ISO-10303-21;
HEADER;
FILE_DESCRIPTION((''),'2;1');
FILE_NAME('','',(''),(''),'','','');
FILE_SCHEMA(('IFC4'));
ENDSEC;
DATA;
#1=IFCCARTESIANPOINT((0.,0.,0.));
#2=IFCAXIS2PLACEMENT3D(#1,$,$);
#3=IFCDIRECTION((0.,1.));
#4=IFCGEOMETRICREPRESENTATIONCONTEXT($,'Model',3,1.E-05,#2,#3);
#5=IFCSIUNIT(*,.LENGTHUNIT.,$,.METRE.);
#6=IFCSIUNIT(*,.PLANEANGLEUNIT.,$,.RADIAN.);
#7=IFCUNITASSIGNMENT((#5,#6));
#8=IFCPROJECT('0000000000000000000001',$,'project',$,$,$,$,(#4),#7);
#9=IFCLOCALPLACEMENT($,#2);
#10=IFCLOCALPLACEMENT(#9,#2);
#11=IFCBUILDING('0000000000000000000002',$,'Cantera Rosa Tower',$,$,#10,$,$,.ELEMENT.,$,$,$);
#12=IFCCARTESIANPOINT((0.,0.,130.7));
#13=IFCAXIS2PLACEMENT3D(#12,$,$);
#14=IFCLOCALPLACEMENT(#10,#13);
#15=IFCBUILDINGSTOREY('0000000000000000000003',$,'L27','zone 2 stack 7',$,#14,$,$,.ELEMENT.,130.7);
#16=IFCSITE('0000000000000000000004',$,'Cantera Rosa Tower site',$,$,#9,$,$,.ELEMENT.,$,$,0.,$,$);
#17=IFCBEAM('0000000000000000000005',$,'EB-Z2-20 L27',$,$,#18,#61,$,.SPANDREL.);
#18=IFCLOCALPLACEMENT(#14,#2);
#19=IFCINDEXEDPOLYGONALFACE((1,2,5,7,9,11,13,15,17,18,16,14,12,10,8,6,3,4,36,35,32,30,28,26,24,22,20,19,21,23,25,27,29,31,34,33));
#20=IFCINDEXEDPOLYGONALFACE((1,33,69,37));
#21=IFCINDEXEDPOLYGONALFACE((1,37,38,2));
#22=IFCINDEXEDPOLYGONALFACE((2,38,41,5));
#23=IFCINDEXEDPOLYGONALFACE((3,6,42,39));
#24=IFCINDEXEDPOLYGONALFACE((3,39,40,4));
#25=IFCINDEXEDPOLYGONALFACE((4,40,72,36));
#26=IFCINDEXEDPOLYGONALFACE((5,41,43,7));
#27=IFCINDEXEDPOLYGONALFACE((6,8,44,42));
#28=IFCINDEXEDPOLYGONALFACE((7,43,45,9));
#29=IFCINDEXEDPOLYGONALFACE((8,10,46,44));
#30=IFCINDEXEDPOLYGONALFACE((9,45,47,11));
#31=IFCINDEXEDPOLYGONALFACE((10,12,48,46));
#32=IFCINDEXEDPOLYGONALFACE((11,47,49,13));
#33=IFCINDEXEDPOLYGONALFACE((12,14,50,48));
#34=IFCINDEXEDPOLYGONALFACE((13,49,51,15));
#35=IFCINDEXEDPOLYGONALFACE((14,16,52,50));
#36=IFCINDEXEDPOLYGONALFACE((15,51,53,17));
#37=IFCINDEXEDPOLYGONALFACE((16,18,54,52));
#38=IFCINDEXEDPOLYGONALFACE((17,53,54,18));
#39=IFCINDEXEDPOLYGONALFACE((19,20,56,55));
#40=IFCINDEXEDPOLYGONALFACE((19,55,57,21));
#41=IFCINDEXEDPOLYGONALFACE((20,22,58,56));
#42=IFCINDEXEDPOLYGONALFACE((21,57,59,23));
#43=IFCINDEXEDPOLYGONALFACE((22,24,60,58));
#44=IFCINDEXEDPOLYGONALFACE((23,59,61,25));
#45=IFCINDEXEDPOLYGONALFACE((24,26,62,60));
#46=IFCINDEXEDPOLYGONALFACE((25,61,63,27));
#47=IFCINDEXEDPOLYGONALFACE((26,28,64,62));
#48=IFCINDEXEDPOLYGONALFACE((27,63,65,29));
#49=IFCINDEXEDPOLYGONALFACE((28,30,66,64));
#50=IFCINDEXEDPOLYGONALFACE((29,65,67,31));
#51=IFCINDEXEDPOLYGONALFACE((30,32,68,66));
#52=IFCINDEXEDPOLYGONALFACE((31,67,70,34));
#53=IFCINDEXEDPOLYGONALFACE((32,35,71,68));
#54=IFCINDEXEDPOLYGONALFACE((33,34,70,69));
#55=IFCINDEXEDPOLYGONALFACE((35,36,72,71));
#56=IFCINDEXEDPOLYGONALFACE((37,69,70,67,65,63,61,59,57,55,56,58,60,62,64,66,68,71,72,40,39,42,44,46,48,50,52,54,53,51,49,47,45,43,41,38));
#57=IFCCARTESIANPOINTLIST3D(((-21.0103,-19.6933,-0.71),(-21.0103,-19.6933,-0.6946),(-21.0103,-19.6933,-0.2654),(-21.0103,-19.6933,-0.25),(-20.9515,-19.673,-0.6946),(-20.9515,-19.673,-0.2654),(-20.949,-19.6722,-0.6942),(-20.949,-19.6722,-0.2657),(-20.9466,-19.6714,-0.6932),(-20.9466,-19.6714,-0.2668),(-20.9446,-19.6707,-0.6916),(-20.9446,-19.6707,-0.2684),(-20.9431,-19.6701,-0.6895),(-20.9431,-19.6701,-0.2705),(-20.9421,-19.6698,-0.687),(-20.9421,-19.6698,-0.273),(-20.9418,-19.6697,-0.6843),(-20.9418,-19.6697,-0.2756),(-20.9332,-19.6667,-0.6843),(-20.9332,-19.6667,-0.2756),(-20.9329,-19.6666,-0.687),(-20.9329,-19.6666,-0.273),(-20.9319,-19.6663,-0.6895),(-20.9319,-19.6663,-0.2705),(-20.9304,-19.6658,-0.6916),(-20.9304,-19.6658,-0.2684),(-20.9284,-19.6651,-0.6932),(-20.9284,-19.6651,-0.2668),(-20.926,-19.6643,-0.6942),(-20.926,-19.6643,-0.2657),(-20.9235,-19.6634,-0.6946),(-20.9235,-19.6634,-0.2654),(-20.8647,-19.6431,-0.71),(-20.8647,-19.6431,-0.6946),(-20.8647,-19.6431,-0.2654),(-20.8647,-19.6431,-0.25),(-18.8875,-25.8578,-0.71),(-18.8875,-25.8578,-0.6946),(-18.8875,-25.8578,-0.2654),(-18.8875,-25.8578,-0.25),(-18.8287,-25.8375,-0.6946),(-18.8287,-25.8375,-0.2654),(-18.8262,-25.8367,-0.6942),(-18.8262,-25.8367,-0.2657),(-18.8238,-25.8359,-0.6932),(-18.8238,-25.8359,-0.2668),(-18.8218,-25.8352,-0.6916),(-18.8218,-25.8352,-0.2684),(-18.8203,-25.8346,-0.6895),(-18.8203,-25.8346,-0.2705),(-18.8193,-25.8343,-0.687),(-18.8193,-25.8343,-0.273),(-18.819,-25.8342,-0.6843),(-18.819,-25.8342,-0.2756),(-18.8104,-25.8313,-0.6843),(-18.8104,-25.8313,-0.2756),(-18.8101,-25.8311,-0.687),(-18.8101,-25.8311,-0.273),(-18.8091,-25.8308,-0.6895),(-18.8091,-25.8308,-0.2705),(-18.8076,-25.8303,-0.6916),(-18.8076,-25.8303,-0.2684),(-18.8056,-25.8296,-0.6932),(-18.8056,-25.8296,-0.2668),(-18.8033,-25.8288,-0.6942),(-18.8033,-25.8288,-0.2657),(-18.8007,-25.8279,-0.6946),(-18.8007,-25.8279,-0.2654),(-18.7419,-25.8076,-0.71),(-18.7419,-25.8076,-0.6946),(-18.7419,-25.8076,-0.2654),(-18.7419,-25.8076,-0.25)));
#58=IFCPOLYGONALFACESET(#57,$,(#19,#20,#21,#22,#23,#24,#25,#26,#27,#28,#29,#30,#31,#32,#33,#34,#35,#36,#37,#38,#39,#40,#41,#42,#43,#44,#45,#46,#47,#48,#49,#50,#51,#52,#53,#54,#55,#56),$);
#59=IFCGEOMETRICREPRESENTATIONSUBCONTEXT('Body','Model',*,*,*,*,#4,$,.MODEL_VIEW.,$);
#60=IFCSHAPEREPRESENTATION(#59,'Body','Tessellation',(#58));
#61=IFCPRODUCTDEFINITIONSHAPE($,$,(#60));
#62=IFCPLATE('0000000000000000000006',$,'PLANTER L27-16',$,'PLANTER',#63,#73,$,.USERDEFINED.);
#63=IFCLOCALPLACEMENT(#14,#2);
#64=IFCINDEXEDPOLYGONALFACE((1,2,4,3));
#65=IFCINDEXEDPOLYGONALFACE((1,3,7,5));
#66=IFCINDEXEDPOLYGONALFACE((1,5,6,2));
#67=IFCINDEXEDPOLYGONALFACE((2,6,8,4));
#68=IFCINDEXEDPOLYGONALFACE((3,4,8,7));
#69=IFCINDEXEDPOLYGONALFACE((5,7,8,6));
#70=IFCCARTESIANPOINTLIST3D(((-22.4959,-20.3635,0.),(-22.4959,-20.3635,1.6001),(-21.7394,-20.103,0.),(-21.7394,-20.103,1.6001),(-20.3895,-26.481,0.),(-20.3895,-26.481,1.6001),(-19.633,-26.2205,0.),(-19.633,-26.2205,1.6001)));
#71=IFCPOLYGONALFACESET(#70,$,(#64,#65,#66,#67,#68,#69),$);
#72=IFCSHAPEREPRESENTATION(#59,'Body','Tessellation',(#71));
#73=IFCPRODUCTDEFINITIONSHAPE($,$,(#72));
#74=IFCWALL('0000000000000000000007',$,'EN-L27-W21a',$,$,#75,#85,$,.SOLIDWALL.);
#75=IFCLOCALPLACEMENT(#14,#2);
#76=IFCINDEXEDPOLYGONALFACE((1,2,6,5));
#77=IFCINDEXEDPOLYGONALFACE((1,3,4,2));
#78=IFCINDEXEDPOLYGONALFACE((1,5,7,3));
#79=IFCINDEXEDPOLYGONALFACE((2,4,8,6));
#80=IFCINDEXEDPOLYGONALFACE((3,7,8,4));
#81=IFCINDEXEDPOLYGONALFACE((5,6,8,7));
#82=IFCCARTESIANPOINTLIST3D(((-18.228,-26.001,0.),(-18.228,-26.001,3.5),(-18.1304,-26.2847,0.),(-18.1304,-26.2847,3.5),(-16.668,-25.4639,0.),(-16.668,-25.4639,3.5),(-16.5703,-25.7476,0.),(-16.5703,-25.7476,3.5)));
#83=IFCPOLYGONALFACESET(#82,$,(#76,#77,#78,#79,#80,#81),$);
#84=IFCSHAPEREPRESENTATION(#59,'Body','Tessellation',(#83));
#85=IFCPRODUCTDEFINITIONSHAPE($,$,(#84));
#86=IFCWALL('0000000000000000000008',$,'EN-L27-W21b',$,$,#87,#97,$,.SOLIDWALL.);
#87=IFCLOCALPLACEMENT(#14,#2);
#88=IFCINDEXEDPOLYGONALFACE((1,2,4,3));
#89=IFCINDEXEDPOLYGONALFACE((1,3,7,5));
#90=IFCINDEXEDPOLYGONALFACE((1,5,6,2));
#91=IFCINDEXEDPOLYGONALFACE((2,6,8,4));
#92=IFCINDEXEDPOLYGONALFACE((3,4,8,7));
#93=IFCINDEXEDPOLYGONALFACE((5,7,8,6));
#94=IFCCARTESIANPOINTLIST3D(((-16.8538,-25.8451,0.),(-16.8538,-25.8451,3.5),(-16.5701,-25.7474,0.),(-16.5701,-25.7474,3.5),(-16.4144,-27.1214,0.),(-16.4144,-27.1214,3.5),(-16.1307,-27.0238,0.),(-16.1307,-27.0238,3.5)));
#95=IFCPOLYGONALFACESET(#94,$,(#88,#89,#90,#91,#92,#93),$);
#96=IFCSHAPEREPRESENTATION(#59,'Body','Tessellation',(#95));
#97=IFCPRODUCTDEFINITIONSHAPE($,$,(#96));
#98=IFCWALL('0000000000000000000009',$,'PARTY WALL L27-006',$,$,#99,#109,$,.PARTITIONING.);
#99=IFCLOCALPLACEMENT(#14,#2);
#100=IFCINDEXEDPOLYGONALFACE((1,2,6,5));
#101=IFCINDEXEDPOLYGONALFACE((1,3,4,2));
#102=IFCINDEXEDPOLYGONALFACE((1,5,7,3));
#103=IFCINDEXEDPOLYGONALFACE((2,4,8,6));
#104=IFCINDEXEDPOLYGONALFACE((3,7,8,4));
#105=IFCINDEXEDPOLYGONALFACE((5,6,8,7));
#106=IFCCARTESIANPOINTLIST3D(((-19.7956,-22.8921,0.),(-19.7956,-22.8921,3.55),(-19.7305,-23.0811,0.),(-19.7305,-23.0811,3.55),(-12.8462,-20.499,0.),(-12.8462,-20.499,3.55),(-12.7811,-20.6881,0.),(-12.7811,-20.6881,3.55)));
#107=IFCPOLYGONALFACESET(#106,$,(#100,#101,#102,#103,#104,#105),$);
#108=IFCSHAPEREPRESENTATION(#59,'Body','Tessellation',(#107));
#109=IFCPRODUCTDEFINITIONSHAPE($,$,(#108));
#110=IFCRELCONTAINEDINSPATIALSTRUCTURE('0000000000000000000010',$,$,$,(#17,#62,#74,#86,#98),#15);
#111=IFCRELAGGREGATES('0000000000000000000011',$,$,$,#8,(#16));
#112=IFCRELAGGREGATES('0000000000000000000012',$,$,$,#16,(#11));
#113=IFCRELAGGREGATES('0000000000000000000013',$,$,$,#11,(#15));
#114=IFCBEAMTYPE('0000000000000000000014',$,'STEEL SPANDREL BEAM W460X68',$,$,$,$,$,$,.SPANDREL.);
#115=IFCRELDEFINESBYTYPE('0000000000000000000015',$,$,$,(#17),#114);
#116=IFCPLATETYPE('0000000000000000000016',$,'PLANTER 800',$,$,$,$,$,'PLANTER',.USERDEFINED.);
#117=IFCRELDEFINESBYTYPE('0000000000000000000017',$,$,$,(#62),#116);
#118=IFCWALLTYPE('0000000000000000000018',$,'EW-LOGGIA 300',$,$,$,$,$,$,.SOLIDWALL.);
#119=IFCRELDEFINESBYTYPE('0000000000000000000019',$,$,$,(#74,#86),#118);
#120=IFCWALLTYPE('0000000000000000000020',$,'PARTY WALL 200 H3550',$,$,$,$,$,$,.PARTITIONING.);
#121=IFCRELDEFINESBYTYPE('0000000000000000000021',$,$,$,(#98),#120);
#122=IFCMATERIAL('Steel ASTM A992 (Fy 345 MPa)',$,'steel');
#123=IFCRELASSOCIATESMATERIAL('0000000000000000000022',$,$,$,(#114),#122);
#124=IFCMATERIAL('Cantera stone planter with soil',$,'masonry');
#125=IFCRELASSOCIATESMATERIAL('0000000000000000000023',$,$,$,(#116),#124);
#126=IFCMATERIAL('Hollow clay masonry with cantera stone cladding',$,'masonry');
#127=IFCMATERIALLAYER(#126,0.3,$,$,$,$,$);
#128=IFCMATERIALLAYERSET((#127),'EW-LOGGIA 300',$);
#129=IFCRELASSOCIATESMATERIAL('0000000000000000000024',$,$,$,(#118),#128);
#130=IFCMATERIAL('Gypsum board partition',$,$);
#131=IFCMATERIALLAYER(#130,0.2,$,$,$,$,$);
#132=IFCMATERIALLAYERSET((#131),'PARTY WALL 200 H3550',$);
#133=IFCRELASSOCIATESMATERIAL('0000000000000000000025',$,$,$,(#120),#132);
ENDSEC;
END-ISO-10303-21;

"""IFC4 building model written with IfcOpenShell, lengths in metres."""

from ifc_helpers import new_model, si_unit, direction, frame, frame_2d, origin, origin_2d, place, context, subcontext, project, spatial, rectangle, i_section, extrude, material, layer, layer_set, material_profile, profile_set, type_object, element, save


model = new_model("IFC4")

# Units and contexts
model_context = context("Model", 3, precision=1e-05, world=origin(), true_north=direction((0.0, 1.0)))
body_context = subcontext(model_context, "Body", "Model", "MODEL_VIEW")
ifc_project = project(units=[si_unit("LENGTHUNIT", "METRE"), si_unit("PLANEANGLEUNIT", "RADIAN")], contexts=[model_context])

# Site, building, storey
site_placement = place(None, origin())
site = spatial("IfcSite", under=ifc_project, at=site_placement, Name="Cantera Rosa Tower site", CompositionType="ELEMENT", RefElevation=0.0)
building_placement = place(site_placement, origin())
building = spatial("IfcBuilding", under=site, at=building_placement, Name="Cantera Rosa Tower", CompositionType="ELEMENT")
storey_placement = place(building_placement, frame((0.0, 0.0, 130.7)))
storey = spatial("IfcBuildingStorey", under=building, at=storey_placement, Name="L27", Description="zone 2 stack 7", CompositionType="ELEMENT", Elevation=130.7)

# Beam
ifc_material_1 = material(Name="Steel ASTM A992 (Fy 345 MPa)", Category="steel")
ifc_material_profile_1 = material_profile(ifc_material_1, i_section(OverallWidth=0.1541, OverallDepth=0.46, WebThickness=0.009, FlangeThickness=0.0154, FilletRadius=0.0103, at=origin_2d()), Name="W460X68")
ifc_profile_set_1 = profile_set([ifc_material_profile_1], Name="Steel ASTM A992 (Fy 345 MPa)")
beam_type_1 = type_object("IfcBeamType", Name="STEEL SPANDREL BEAM W460X68", PredefinedType="SPANDREL", material=ifc_profile_set_1)
beam_1_placement = place(storey_placement, frame((-20.9375, -19.6682, -0.48), z_axis=(0.325593, -0.94551, 0.0), x_axis=(0.94551, 0.325593, 0.0)))
element("IfcBeam", 1, at=beam_1_placement, inside=storey, type_object=beam_type_1, Name="EB-Z2-20 L27", PredefinedType="SPANDREL", context=body_context, shape_type="SweptSolid", body=[
    extrude(i_section(OverallWidth=0.1541, OverallDepth=0.46, WebThickness=0.009, FlangeThickness=0.0154, FilletRadius=0.0103, at=origin_2d()), origin(), (0.0, 0.0, 1.0), 6.5198),
])

# Plate
ifc_material_2 = material(Name="Cantera stone planter with soil", Category="masonry")
plate_type = type_object("IfcPlateType", Name="PLANTER 800", ElementType="PLANTER", PredefinedType="USERDEFINED", material=ifc_material_2)
plate_placement = place(storey_placement, frame((-21.0645, -23.292, 0.0), z_axis=(0.0, 0.0, 1.0), x_axis=(0.325568, -0.945519, 0.0)))
element("IfcPlate", 2, at=plate_placement, inside=storey, type_object=plate_type, Name="PLANTER L27-16", ObjectType="PLANTER", PredefinedType="USERDEFINED", context=body_context, shape_type="SweptSolid", body=[
    extrude(rectangle(XDim=6.47, YDim=0.8, at=origin_2d()), origin(), (0.0, 0.0, 1.0), 1.6001),
])

# Walls
ifc_material_3 = material(Name="Hollow clay masonry with cantera stone cladding", Category="masonry")
ifc_layer_1 = layer(ifc_material_3, 0.3)
ifc_layer_set_1 = layer_set([ifc_layer_1], Name="EW-LOGGIA 300")
wall_type_1 = type_object("IfcWallType", Name="EW-LOGGIA 300", PredefinedType="SOLIDWALL", material=ifc_layer_set_1)
wall_1_placement = place(storey_placement, frame((-18.1792, -26.1428, 0.0), z_axis=(0.0, 0.0, 1.0), x_axis=(0.94553, 0.325535, 0.0)))
element("IfcWall", 3, at=wall_1_placement, inside=storey, type_object=wall_type_1, Name="EN-L27-W21a", PredefinedType="SOLIDWALL", context=body_context, shape_type="SweptSolid", body=[
    extrude(rectangle(XDim=1.6499, YDim=0.3, at=frame_2d((0.825, 0.0))), origin(), (0.0, 0.0, 1.0), 3.5),
])
wall_2_placement = place(storey_placement, frame((-16.7119, -25.7964, 0.0), z_axis=(0.0, 0.0, 1.0), x_axis=(0.325545, -0.945527, 0.0)))
element("IfcWall", 4, at=wall_2_placement, inside=storey, type_object=wall_type_1, Name="EN-L27-W21b", PredefinedType="SOLIDWALL", context=body_context, shape_type="SweptSolid", body=[
    extrude(rectangle(XDim=1.3499, YDim=0.3, at=frame_2d((0.6748, 0.0))), origin(), (0.0, 0.0, 1.0), 3.5),
])

# Wall
ifc_material_4 = material(Name="Gypsum board partition")
ifc_layer_2 = layer(ifc_material_4, 0.2)
ifc_layer_set_2 = layer_set([ifc_layer_2], Name="PARTY WALL 200 H3550")
wall_type_2 = type_object("IfcWallType", Name="PARTY WALL 200 H3550", PredefinedType="PARTITIONING", material=ifc_layer_set_2)
wall_3_placement = place(storey_placement, frame((-19.7629, -22.9866, 0.0), z_axis=(0.0, 0.0, 1.0), x_axis=(0.945511, 0.325589, 0.0)))
element("IfcWall", 5, at=wall_3_placement, inside=storey, type_object=wall_type_2, Name="PARTY WALL L27-006", PredefinedType="PARTITIONING", context=body_context, shape_type="SweptSolid", body=[
    extrude(rectangle(XDim=7.3499, YDim=0.2, at=frame_2d((3.6748, 0.0))), origin(), (0.0, 0.0, 1.0), 3.55),
])

save(model, "model.ifc")
